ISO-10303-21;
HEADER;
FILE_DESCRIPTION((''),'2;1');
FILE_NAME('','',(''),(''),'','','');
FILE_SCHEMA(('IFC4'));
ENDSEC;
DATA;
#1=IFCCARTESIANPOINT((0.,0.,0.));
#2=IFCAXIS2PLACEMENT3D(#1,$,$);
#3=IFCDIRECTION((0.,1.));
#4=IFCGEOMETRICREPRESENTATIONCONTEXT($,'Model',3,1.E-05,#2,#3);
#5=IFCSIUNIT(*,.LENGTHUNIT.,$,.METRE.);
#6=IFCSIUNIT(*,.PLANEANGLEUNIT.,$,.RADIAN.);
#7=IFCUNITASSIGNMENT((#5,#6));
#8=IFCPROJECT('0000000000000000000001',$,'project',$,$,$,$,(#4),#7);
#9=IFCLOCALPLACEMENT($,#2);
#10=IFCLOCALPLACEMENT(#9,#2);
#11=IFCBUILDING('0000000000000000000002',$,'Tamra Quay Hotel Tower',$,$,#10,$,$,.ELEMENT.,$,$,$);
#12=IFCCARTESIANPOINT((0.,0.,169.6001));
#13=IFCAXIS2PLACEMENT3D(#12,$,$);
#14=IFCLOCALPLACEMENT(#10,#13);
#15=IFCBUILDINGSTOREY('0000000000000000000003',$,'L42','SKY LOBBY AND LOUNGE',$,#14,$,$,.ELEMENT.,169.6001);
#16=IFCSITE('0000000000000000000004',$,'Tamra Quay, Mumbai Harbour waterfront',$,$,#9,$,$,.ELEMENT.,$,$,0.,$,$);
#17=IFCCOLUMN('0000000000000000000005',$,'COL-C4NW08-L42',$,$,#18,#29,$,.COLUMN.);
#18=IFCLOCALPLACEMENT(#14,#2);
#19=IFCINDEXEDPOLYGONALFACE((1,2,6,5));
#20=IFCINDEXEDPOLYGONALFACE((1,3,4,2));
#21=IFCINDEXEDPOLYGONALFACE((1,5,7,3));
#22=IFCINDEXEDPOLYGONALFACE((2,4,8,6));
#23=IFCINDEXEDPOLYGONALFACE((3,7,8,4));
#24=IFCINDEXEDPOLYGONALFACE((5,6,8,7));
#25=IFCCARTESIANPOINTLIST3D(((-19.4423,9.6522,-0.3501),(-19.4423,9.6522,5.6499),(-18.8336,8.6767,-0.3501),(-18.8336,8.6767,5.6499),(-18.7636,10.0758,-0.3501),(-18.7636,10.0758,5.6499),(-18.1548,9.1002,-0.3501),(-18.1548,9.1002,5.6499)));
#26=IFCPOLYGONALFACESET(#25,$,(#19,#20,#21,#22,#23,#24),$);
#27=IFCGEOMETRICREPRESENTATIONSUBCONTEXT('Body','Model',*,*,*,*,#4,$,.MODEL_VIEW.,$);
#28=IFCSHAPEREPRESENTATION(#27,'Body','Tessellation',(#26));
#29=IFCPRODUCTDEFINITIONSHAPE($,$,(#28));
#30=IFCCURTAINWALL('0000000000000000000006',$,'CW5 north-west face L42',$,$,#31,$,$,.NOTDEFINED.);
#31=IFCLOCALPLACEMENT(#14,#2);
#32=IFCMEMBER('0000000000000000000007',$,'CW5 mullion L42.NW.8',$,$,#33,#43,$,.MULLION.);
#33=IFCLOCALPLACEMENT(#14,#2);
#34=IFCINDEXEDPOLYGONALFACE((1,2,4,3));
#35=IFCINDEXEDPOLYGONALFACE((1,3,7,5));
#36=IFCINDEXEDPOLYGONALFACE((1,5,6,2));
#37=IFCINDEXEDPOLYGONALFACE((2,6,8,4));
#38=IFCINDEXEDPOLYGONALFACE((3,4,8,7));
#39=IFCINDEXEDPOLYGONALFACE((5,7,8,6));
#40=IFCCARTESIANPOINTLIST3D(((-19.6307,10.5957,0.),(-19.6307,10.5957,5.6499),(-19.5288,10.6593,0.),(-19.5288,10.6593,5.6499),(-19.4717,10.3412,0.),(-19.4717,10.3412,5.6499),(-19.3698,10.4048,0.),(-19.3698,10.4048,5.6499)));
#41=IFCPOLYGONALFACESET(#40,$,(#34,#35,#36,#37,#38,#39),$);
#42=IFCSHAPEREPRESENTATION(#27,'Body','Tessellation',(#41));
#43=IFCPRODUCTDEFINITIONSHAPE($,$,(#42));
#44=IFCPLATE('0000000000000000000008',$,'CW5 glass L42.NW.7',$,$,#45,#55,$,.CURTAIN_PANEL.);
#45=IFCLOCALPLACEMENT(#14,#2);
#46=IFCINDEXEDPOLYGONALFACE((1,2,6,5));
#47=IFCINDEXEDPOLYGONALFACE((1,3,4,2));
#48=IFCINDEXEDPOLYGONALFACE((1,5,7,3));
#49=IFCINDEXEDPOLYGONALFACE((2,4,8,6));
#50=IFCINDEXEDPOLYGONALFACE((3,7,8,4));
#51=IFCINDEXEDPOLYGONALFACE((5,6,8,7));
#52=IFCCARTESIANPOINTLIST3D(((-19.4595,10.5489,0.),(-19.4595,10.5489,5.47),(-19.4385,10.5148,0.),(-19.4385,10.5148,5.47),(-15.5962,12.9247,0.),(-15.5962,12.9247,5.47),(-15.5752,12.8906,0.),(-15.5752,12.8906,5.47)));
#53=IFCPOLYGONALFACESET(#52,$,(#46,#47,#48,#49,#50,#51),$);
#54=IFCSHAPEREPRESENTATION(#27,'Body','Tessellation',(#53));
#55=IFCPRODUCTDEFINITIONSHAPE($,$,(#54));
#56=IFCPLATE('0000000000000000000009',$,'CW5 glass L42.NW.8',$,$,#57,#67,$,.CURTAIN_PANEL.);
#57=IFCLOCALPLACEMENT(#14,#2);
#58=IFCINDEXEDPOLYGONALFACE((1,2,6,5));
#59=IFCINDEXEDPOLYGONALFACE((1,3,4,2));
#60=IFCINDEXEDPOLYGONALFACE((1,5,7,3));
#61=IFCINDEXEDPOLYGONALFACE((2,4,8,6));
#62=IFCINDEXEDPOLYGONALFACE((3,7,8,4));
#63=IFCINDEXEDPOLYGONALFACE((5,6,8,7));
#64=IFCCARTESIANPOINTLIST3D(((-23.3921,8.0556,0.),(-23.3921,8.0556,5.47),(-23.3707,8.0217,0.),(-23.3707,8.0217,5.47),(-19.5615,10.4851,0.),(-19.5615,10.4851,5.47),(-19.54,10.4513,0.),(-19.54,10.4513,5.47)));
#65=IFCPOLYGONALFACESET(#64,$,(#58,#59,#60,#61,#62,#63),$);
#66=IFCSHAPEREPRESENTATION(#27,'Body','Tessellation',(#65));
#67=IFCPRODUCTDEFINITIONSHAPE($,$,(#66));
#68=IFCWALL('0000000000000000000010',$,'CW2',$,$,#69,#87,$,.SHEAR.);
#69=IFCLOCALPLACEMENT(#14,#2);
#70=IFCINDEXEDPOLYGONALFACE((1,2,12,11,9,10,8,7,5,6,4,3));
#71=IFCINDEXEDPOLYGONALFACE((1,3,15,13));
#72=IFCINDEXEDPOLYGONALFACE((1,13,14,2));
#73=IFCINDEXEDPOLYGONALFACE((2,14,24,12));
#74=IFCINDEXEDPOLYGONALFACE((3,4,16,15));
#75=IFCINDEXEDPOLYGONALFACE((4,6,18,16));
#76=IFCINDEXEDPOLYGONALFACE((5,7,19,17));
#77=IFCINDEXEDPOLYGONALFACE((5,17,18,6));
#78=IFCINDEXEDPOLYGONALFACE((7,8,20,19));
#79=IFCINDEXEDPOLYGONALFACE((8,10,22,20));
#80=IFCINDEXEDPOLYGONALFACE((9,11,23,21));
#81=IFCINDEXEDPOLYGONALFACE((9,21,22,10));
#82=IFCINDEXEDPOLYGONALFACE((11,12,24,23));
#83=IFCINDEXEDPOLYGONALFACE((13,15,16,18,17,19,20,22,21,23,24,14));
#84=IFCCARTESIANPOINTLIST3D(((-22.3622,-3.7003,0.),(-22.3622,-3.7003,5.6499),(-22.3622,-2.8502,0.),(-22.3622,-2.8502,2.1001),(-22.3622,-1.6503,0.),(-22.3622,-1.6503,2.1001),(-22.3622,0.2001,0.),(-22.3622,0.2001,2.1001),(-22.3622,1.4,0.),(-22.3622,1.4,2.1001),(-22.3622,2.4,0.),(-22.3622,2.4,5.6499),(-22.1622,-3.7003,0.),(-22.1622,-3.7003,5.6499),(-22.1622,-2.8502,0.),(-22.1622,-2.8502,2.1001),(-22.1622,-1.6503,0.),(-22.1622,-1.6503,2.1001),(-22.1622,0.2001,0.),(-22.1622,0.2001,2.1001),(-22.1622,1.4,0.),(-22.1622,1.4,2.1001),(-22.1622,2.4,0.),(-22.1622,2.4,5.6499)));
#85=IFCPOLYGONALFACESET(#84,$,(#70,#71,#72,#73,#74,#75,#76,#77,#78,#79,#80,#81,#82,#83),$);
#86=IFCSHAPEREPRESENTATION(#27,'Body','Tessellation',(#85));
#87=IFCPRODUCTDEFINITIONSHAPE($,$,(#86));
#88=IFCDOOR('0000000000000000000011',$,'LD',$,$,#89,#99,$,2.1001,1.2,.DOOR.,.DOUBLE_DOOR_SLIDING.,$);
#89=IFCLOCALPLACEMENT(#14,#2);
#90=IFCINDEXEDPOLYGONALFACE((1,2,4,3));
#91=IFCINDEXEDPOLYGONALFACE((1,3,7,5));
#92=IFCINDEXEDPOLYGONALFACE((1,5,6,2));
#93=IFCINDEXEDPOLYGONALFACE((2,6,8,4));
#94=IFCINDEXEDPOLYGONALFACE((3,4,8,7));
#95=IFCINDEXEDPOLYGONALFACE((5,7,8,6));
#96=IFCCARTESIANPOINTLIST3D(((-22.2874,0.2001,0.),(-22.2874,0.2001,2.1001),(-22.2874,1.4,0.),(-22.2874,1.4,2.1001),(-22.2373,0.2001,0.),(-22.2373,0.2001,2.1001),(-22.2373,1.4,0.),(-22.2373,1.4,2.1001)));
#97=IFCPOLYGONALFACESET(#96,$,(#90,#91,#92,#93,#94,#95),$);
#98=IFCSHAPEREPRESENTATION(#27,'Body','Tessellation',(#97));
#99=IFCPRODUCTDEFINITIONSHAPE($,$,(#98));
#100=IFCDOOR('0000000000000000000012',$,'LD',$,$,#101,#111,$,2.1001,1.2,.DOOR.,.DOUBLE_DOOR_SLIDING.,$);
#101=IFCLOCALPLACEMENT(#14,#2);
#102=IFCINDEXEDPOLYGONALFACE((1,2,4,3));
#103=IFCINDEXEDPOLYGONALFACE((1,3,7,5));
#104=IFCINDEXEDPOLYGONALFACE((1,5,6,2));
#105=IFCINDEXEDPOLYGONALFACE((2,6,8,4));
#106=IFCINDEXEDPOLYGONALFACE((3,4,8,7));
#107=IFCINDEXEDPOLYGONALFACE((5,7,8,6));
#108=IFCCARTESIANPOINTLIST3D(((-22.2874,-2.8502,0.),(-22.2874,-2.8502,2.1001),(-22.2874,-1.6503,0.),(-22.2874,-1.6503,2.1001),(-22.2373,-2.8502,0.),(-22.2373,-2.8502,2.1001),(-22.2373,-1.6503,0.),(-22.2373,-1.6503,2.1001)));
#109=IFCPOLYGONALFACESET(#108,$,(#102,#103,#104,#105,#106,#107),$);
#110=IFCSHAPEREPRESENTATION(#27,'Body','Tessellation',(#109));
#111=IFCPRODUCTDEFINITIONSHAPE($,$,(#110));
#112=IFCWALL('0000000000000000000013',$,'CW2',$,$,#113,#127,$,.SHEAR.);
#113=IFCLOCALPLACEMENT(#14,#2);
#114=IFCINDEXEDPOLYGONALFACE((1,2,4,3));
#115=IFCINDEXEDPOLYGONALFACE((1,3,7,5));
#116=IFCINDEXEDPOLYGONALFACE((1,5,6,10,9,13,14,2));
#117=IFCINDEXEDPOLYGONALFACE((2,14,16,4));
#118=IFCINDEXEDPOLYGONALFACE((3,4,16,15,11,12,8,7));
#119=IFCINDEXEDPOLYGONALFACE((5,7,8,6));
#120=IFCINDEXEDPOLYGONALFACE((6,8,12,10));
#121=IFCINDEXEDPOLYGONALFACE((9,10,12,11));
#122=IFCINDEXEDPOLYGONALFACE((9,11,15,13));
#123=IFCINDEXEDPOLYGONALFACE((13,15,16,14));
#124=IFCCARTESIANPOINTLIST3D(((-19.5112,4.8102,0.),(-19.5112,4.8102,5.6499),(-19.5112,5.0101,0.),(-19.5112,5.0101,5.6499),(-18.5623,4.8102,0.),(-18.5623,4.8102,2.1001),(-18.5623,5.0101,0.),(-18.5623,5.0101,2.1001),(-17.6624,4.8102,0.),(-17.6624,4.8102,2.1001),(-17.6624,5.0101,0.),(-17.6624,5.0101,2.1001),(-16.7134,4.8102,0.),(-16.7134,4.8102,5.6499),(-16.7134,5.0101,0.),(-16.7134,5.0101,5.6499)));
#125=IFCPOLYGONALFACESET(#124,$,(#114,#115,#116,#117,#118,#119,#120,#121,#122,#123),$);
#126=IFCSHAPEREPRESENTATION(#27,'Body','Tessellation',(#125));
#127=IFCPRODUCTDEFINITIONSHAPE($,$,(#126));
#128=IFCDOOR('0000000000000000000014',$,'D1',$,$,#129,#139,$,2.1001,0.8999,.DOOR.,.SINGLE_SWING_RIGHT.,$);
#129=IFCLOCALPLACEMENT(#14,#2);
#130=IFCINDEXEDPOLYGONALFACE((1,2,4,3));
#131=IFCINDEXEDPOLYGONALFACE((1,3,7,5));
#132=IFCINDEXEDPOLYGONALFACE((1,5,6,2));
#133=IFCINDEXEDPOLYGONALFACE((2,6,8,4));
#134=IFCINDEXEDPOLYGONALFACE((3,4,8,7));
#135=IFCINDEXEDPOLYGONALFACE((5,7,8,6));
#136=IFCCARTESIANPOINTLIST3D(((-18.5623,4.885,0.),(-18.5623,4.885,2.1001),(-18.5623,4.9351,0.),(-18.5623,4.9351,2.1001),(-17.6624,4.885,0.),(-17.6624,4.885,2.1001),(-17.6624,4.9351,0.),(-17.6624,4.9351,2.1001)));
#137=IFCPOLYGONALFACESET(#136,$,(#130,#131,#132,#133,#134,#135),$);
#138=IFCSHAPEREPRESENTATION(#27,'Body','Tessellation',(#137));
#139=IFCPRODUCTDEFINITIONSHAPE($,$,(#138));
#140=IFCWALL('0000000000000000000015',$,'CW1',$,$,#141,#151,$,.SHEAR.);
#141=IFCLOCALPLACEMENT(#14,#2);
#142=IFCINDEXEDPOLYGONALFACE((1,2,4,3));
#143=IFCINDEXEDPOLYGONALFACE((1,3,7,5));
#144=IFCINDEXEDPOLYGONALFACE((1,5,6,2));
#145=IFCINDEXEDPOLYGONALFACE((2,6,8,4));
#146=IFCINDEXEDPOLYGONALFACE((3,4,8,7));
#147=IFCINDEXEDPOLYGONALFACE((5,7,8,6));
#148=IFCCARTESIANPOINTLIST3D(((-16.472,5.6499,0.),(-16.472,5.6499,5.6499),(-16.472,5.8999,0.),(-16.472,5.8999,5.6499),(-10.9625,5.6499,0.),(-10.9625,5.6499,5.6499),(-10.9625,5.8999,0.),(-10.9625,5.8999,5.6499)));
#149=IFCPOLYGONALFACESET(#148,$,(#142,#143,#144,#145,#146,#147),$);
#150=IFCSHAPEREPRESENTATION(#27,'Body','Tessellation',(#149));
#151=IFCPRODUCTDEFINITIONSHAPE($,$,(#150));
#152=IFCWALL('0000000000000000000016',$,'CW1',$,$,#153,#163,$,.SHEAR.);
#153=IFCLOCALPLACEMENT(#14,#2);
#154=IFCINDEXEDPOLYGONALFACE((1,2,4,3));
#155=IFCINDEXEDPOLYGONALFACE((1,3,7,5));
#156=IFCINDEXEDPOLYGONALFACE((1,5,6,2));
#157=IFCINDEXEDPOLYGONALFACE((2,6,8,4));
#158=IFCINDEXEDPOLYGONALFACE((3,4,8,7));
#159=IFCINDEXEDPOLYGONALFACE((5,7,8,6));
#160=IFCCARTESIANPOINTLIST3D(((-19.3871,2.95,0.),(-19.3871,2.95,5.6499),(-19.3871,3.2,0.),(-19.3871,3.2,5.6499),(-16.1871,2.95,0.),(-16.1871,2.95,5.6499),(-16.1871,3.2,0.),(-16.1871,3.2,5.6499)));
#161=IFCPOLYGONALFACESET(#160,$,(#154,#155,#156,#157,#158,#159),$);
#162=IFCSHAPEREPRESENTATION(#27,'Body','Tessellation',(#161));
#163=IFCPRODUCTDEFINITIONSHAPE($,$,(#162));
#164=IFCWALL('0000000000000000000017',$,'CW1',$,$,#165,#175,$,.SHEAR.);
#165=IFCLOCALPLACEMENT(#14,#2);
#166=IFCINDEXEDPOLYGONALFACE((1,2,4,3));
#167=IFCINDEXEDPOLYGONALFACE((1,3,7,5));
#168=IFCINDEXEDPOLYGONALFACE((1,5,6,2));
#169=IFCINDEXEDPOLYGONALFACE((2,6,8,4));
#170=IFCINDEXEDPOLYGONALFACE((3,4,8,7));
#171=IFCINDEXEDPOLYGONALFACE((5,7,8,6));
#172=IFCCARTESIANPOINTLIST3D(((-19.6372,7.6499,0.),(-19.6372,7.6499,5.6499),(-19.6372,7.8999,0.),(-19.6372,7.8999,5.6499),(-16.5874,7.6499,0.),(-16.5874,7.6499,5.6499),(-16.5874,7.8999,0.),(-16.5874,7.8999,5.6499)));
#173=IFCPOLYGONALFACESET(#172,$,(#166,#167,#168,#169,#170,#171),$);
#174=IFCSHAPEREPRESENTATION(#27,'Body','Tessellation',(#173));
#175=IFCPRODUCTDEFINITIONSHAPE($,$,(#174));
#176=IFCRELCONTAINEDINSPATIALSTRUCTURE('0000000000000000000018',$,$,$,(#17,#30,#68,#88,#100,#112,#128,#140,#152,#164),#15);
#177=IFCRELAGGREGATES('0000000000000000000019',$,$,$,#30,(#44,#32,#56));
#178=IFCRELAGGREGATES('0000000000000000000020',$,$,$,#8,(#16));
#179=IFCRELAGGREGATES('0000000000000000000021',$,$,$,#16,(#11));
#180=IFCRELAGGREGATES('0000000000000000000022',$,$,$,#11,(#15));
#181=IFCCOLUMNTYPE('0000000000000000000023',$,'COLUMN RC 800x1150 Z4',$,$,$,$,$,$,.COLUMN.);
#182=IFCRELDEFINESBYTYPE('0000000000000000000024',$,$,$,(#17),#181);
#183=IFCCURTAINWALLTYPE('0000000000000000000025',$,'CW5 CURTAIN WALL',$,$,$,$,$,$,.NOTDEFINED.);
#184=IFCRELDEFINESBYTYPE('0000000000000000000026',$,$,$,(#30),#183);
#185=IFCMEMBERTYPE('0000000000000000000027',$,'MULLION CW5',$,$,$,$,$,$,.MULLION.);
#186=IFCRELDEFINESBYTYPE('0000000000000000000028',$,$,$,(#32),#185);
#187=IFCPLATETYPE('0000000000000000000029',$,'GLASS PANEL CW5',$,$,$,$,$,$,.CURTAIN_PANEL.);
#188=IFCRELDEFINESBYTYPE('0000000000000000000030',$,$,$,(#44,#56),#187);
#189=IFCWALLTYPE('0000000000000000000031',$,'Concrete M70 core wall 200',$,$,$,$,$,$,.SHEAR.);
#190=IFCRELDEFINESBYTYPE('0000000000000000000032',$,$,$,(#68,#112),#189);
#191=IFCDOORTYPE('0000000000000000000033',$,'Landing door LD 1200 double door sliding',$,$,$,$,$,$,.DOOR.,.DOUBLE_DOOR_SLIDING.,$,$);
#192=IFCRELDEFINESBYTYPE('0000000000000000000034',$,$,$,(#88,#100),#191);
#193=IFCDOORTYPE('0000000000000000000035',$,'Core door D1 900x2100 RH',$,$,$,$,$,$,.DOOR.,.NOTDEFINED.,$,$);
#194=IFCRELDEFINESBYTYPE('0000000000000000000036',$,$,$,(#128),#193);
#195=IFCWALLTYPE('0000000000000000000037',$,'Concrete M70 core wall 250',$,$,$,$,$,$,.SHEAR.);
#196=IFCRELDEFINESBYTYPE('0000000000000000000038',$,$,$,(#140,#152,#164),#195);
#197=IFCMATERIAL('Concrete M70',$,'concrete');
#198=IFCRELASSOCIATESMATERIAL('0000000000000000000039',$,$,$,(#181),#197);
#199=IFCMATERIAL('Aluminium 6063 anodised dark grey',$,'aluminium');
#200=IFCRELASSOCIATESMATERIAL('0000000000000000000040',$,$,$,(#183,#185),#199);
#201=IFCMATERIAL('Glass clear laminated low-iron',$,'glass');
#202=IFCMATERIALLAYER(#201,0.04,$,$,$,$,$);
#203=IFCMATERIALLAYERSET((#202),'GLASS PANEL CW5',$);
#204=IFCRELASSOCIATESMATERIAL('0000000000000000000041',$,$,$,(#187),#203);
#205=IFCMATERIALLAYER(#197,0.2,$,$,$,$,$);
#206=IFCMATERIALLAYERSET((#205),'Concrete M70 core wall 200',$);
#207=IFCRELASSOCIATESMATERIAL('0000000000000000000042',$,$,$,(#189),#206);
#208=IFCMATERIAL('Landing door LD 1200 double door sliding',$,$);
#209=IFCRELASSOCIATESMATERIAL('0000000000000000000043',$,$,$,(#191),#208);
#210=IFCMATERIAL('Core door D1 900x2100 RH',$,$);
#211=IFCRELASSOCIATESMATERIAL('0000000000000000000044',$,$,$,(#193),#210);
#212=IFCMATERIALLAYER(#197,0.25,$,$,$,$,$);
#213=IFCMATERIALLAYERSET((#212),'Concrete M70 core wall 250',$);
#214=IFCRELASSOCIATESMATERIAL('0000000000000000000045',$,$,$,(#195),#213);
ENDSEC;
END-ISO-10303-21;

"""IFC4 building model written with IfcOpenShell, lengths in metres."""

from ifc_helpers import new_model, si_unit, direction, frame, frame_2d, origin, origin_2d, place, context, subcontext, project, spatial, rectangle, extrude, material, layer, layer_set, material_profile, profile_set, type_object, element, fill, aggregate, save


model = new_model("IFC4")

# Units and contexts
model_context = context("Model", 3, precision=1e-05, world=origin(), true_north=direction((0.0, 1.0)))
body_context = subcontext(model_context, "Body", "Model", "MODEL_VIEW")
ifc_project = project(units=[si_unit("LENGTHUNIT", "METRE"), si_unit("PLANEANGLEUNIT", "RADIAN")], contexts=[model_context])

# Site, building, storey
site_placement = place(None, origin())
site = spatial("IfcSite", under=ifc_project, at=site_placement, Name="Tamra Quay, Mumbai Harbour waterfront", CompositionType="ELEMENT", RefElevation=0.0)
building_placement = place(site_placement, origin())
building = spatial("IfcBuilding", under=site, at=building_placement, Name="Tamra Quay Hotel Tower", CompositionType="ELEMENT")
storey_placement = place(building_placement, frame((0.0, 0.0, 169.6001)))
storey = spatial("IfcBuildingStorey", under=building, at=storey_placement, Name="L42", Description="SKY LOBBY AND LOUNGE", CompositionType="ELEMENT", Elevation=169.6001)

# Column
ifc_material_1 = material(Name="Concrete M70", Category="concrete")
ifc_material_profile_1 = material_profile(ifc_material_1, rectangle(XDim=1.1499, YDim=0.8, at=origin_2d()), Name="COLUMN RC 800x1150 Z4")
ifc_profile_set_1 = profile_set([ifc_material_profile_1], Name="Concrete M70")
column_type = type_object("IfcColumnType", Name="COLUMN RC 800x1150 Z4", PredefinedType="COLUMN", material=ifc_profile_set_1)
column_placement = place(storey_placement, frame((-18.7986, 9.3762, -0.3501), z_axis=(0.0, 0.0, 1.0), x_axis=(-0.52941, 0.848366, 0.0)))
element("IfcColumn", 1, at=column_placement, inside=storey, type_object=column_type, Name="COL-C4NW08-L42", PredefinedType="COLUMN", context=body_context, shape_type="SweptSolid", body=[
    extrude(rectangle(XDim=1.1499, YDim=0.8, at=origin_2d()), origin(), (0.0, 0.0, 1.0), 6.0),
])

# Curtain wall, member, plates
ifc_material_2 = material(Name="Aluminium 6063 anodised dark grey", Category="aluminium")
curtain_wall_type = type_object("IfcCurtainWallType", Name="CW5 CURTAIN WALL", PredefinedType="NOTDEFINED", material=ifc_material_2)
curtain_wall_placement = place(storey_placement, origin())
curtain_wall = element("IfcCurtainWall", 2, at=curtain_wall_placement, inside=storey, type_object=curtain_wall_type, Name="CW5 north-west face L42", PredefinedType="NOTDEFINED")
ifc_material_profile_2 = material_profile(ifc_material_2, rectangle(XDim=0.3, YDim=0.1201, at=origin_2d()), Name="MULLION 120X300")
ifc_profile_set_2 = profile_set([ifc_material_profile_2], Name="Aluminium 6063 anodised dark grey")
member_type = type_object("IfcMemberType", Name="MULLION CW5", PredefinedType="MULLION", material=ifc_profile_set_2)
member_placement = place(storey_placement, frame((-19.5002, 10.5002, 0.0), z_axis=(0.0, 0.0, 1.0), x_axis=(-0.529731, 0.848166, 0.0)))
member = element("IfcMember", 3, at=member_placement, type_object=member_type, Name="CW5 mullion L42.NW.8", PredefinedType="MULLION", context=body_context, shape_type="SweptSolid", body=[
    extrude(rectangle(XDim=0.3, YDim=0.1201, at=origin_2d()), origin(), (0.0, 0.0, 1.0), 5.6499),
])
ifc_material_3 = material(Name="Glass clear laminated low-iron", Category="glass")
ifc_layer_1 = layer(ifc_material_3, 0.04)
ifc_layer_set_1 = layer_set([ifc_layer_1], Name="GLASS PANEL CW5")
plate_type = type_object("IfcPlateType", Name="GLASS PANEL CW5", PredefinedType="CURTAIN_PANEL", material=ifc_layer_set_1)
plate_1_placement = place(storey_placement, frame((-17.5173, 11.7197, 0.0), z_axis=(0.0, 0.0, 1.0), x_axis=(-0.851815, -0.523843, 0.0)))
plate_1 = element("IfcPlate", 4, at=plate_1_placement, type_object=plate_type, Name="CW5 glass L42.NW.7", PredefinedType="CURTAIN_PANEL", context=body_context, shape_type="SweptSolid", body=[
    extrude(rectangle(XDim=4.5354, YDim=0.04, at=origin_2d()), origin(), (0.0, 0.0, 1.0), 5.47),
])
plate_2_placement = place(storey_placement, frame((-21.4661, 9.2534, 0.0), z_axis=(0.0, 0.0, 1.0), x_axis=(-0.844476, -0.535594, 0.0)))
plate_2 = element("IfcPlate", 5, at=plate_2_placement, type_object=plate_type, Name="CW5 glass L42.NW.8", PredefinedType="CURTAIN_PANEL", context=body_context, shape_type="SweptSolid", body=[
    extrude(rectangle(XDim=4.5361, YDim=0.04, at=origin_2d()), origin(), (0.0, 0.0, 1.0), 5.47),
])
aggregate(curtain_wall, [plate_1, member, plate_2])

# Wall, openings, doors
ifc_layer_2 = layer(ifc_material_1, 0.2)
ifc_layer_set_2 = layer_set([ifc_layer_2], Name="Concrete M70 core wall 200")
wall_type_1 = type_object("IfcWallType", Name="Concrete M70 core wall 200", PredefinedType="SHEAR", material=ifc_layer_set_2)
wall_1_placement = place(storey_placement, frame((-22.2622, 2.4001, 0.0), z_axis=(0.0, 0.0, 1.0), x_axis=(0.0, -1.0, 0.0)))
wall_1 = element("IfcWall", 6, at=wall_1_placement, inside=storey, type_object=wall_type_1, Name="CW2", PredefinedType="SHEAR", context=body_context, shape_type="SweptSolid", body=[
    extrude(rectangle(XDim=6.1003, YDim=0.2, at=frame_2d((3.0503, 0.0))), origin(), (0.0, 0.0, 1.0), 5.6499),
])
opening_1_placement = place(wall_1_placement, frame((1.0, 0.0, 0.0)))
opening_1 = element("IfcOpeningElement", 7, at=opening_1_placement, cuts=wall_1, PredefinedType="OPENING", context=body_context, shape_type="SweptSolid", body=[
    extrude(rectangle(XDim=1.2, YDim=2.1001, at=frame_2d((0.6001, 1.05))), frame((0.0, 0.1099, 0.0), z_axis=(0.0, -1.0, 0.0), x_axis=(1.0, 0.0, 0.0)), (0.0, 0.0, 1.0), 0.22),
])
opening_2_placement = place(wall_1_placement, frame((4.0503, 0.0, 0.0)))
opening_2 = element("IfcOpeningElement", 8, at=opening_2_placement, cuts=wall_1, PredefinedType="OPENING", context=body_context, shape_type="SweptSolid", body=[
    extrude(rectangle(XDim=1.2, YDim=2.1001, at=frame_2d((0.6001, 1.05))), frame((0.0, 0.1099, 0.0), z_axis=(0.0, -1.0, 0.0), x_axis=(1.0, 0.0, 0.0)), (0.0, 0.0, 1.0), 0.22),
])
ifc_material_4 = material(Name="Landing door LD 1200 double door sliding")
door_type_1 = type_object("IfcDoorType", Name="Landing door LD 1200 double door sliding", OperationType="DOUBLE_DOOR_SLIDING", PredefinedType="DOOR", material=ifc_material_4)
door_1_placement = place(opening_1_placement, origin())
door_1 = element("IfcDoor", 9, at=door_1_placement, inside=storey, type_object=door_type_1, Name="LD", OperationType="DOUBLE_DOOR_SLIDING", OverallHeight=2.1001, OverallWidth=1.2, PredefinedType="DOOR", context=body_context, shape_type="SweptSolid", body=[
    extrude(rectangle(XDim=1.2, YDim=2.1001, at=frame_2d((0.6001, 1.05))), frame((0.0, 0.0249, 0.0), z_axis=(0.0, -1.0, 0.0), x_axis=(1.0, 0.0, 0.0)), (0.0, 0.0, 1.0), 0.05),
])
fill(opening_1, door_1)
door_2_placement = place(opening_2_placement, origin())
door_2 = element("IfcDoor", 10, at=door_2_placement, inside=storey, type_object=door_type_1, Name="LD", OperationType="DOUBLE_DOOR_SLIDING", OverallHeight=2.1001, OverallWidth=1.2, PredefinedType="DOOR", context=body_context, shape_type="SweptSolid", body=[
    extrude(rectangle(XDim=1.2, YDim=2.1001, at=frame_2d((0.6001, 1.05))), frame((0.0, 0.0249, 0.0), z_axis=(0.0, -1.0, 0.0), x_axis=(1.0, 0.0, 0.0)), (0.0, 0.0, 1.0), 0.05),
])
fill(opening_2, door_2)

# Wall, opening, door
wall_2_placement = place(storey_placement, frame((-19.5112, 4.9102, 0.0), z_axis=(0.0, 0.0, 1.0), x_axis=(1.0, 0.0, 0.0)))
wall_2 = element("IfcWall", 11, at=wall_2_placement, inside=storey, type_object=wall_type_1, Name="CW2", PredefinedType="SHEAR", context=body_context, shape_type="SweptSolid", body=[
    extrude(rectangle(XDim=2.7979, YDim=0.2, at=frame_2d((1.3989, 0.0))), origin(), (0.0, 0.0, 1.0), 5.6499),
])
opening_3_placement = place(wall_2_placement, frame((0.949, 0.0, 0.0)))
opening_3 = element("IfcOpeningElement", 12, at=opening_3_placement, cuts=wall_2, PredefinedType="OPENING", context=body_context, shape_type="SweptSolid", body=[
    extrude(rectangle(XDim=0.8999, YDim=2.1001, at=frame_2d((0.45, 1.05))), frame((0.0, 0.1099, 0.0), z_axis=(0.0, -1.0, 0.0), x_axis=(1.0, 0.0, 0.0)), (0.0, 0.0, 1.0), 0.22),
])
ifc_material_5 = material(Name="Core door D1 900x2100 RH")
door_type_2 = type_object("IfcDoorType", Name="Core door D1 900x2100 RH", OperationType="NOTDEFINED", PredefinedType="DOOR", material=ifc_material_5)
door_3_placement = place(opening_3_placement, origin())
door_3 = element("IfcDoor", 13, at=door_3_placement, inside=storey, type_object=door_type_2, Name="D1", OperationType="SINGLE_SWING_RIGHT", OverallHeight=2.1001, OverallWidth=0.8999, PredefinedType="DOOR", context=body_context, shape_type="SweptSolid", body=[
    extrude(rectangle(XDim=0.8999, YDim=2.1001, at=frame_2d((0.45, 1.05))), frame((0.0, 0.0249, 0.0), z_axis=(0.0, -1.0, 0.0), x_axis=(1.0, 0.0, 0.0)), (0.0, 0.0, 1.0), 0.05),
])
fill(opening_3, door_3)

# Walls
ifc_layer_3 = layer(ifc_material_1, 0.25)
ifc_layer_set_3 = layer_set([ifc_layer_3], Name="Concrete M70 core wall 250")
wall_type_2 = type_object("IfcWallType", Name="Concrete M70 core wall 250", PredefinedType="SHEAR", material=ifc_layer_set_3)
wall_3_placement = place(storey_placement, frame((-16.4722, 5.7749, 0.0), z_axis=(0.0, 0.0, 1.0), x_axis=(1.0, 0.0, 0.0)))
element("IfcWall", 14, at=wall_3_placement, inside=storey, type_object=wall_type_2, Name="CW1", PredefinedType="SHEAR", context=body_context, shape_type="SweptSolid", body=[
    extrude(rectangle(XDim=5.5095, YDim=0.25, at=frame_2d((2.7549, 0.0))), origin(), (0.0, 0.0, 1.0), 5.6499),
])
wall_4_placement = place(storey_placement, frame((-19.3872, 3.075, 0.0), z_axis=(0.0, 0.0, 1.0), x_axis=(1.0, 0.0, 0.0)))
element("IfcWall", 15, at=wall_4_placement, inside=storey, type_object=wall_type_2, Name="CW1", PredefinedType="SHEAR", context=body_context, shape_type="SweptSolid", body=[
    extrude(rectangle(XDim=3.2, YDim=0.25, at=frame_2d((1.6001, 0.0))), origin(), (0.0, 0.0, 1.0), 5.6499),
])
wall_5_placement = place(storey_placement, frame((-19.6372, 7.7749, 0.0), z_axis=(0.0, 0.0, 1.0), x_axis=(1.0, 0.0, 0.0)))
element("IfcWall", 16, at=wall_5_placement, inside=storey, type_object=wall_type_2, Name="CW1", PredefinedType="SHEAR", context=body_context, shape_type="SweptSolid", body=[
    extrude(rectangle(XDim=3.0498, YDim=0.25, at=frame_2d((1.5249, 0.0))), origin(), (0.0, 0.0, 1.0), 5.6499),
])

save(model, "model.ifc")
